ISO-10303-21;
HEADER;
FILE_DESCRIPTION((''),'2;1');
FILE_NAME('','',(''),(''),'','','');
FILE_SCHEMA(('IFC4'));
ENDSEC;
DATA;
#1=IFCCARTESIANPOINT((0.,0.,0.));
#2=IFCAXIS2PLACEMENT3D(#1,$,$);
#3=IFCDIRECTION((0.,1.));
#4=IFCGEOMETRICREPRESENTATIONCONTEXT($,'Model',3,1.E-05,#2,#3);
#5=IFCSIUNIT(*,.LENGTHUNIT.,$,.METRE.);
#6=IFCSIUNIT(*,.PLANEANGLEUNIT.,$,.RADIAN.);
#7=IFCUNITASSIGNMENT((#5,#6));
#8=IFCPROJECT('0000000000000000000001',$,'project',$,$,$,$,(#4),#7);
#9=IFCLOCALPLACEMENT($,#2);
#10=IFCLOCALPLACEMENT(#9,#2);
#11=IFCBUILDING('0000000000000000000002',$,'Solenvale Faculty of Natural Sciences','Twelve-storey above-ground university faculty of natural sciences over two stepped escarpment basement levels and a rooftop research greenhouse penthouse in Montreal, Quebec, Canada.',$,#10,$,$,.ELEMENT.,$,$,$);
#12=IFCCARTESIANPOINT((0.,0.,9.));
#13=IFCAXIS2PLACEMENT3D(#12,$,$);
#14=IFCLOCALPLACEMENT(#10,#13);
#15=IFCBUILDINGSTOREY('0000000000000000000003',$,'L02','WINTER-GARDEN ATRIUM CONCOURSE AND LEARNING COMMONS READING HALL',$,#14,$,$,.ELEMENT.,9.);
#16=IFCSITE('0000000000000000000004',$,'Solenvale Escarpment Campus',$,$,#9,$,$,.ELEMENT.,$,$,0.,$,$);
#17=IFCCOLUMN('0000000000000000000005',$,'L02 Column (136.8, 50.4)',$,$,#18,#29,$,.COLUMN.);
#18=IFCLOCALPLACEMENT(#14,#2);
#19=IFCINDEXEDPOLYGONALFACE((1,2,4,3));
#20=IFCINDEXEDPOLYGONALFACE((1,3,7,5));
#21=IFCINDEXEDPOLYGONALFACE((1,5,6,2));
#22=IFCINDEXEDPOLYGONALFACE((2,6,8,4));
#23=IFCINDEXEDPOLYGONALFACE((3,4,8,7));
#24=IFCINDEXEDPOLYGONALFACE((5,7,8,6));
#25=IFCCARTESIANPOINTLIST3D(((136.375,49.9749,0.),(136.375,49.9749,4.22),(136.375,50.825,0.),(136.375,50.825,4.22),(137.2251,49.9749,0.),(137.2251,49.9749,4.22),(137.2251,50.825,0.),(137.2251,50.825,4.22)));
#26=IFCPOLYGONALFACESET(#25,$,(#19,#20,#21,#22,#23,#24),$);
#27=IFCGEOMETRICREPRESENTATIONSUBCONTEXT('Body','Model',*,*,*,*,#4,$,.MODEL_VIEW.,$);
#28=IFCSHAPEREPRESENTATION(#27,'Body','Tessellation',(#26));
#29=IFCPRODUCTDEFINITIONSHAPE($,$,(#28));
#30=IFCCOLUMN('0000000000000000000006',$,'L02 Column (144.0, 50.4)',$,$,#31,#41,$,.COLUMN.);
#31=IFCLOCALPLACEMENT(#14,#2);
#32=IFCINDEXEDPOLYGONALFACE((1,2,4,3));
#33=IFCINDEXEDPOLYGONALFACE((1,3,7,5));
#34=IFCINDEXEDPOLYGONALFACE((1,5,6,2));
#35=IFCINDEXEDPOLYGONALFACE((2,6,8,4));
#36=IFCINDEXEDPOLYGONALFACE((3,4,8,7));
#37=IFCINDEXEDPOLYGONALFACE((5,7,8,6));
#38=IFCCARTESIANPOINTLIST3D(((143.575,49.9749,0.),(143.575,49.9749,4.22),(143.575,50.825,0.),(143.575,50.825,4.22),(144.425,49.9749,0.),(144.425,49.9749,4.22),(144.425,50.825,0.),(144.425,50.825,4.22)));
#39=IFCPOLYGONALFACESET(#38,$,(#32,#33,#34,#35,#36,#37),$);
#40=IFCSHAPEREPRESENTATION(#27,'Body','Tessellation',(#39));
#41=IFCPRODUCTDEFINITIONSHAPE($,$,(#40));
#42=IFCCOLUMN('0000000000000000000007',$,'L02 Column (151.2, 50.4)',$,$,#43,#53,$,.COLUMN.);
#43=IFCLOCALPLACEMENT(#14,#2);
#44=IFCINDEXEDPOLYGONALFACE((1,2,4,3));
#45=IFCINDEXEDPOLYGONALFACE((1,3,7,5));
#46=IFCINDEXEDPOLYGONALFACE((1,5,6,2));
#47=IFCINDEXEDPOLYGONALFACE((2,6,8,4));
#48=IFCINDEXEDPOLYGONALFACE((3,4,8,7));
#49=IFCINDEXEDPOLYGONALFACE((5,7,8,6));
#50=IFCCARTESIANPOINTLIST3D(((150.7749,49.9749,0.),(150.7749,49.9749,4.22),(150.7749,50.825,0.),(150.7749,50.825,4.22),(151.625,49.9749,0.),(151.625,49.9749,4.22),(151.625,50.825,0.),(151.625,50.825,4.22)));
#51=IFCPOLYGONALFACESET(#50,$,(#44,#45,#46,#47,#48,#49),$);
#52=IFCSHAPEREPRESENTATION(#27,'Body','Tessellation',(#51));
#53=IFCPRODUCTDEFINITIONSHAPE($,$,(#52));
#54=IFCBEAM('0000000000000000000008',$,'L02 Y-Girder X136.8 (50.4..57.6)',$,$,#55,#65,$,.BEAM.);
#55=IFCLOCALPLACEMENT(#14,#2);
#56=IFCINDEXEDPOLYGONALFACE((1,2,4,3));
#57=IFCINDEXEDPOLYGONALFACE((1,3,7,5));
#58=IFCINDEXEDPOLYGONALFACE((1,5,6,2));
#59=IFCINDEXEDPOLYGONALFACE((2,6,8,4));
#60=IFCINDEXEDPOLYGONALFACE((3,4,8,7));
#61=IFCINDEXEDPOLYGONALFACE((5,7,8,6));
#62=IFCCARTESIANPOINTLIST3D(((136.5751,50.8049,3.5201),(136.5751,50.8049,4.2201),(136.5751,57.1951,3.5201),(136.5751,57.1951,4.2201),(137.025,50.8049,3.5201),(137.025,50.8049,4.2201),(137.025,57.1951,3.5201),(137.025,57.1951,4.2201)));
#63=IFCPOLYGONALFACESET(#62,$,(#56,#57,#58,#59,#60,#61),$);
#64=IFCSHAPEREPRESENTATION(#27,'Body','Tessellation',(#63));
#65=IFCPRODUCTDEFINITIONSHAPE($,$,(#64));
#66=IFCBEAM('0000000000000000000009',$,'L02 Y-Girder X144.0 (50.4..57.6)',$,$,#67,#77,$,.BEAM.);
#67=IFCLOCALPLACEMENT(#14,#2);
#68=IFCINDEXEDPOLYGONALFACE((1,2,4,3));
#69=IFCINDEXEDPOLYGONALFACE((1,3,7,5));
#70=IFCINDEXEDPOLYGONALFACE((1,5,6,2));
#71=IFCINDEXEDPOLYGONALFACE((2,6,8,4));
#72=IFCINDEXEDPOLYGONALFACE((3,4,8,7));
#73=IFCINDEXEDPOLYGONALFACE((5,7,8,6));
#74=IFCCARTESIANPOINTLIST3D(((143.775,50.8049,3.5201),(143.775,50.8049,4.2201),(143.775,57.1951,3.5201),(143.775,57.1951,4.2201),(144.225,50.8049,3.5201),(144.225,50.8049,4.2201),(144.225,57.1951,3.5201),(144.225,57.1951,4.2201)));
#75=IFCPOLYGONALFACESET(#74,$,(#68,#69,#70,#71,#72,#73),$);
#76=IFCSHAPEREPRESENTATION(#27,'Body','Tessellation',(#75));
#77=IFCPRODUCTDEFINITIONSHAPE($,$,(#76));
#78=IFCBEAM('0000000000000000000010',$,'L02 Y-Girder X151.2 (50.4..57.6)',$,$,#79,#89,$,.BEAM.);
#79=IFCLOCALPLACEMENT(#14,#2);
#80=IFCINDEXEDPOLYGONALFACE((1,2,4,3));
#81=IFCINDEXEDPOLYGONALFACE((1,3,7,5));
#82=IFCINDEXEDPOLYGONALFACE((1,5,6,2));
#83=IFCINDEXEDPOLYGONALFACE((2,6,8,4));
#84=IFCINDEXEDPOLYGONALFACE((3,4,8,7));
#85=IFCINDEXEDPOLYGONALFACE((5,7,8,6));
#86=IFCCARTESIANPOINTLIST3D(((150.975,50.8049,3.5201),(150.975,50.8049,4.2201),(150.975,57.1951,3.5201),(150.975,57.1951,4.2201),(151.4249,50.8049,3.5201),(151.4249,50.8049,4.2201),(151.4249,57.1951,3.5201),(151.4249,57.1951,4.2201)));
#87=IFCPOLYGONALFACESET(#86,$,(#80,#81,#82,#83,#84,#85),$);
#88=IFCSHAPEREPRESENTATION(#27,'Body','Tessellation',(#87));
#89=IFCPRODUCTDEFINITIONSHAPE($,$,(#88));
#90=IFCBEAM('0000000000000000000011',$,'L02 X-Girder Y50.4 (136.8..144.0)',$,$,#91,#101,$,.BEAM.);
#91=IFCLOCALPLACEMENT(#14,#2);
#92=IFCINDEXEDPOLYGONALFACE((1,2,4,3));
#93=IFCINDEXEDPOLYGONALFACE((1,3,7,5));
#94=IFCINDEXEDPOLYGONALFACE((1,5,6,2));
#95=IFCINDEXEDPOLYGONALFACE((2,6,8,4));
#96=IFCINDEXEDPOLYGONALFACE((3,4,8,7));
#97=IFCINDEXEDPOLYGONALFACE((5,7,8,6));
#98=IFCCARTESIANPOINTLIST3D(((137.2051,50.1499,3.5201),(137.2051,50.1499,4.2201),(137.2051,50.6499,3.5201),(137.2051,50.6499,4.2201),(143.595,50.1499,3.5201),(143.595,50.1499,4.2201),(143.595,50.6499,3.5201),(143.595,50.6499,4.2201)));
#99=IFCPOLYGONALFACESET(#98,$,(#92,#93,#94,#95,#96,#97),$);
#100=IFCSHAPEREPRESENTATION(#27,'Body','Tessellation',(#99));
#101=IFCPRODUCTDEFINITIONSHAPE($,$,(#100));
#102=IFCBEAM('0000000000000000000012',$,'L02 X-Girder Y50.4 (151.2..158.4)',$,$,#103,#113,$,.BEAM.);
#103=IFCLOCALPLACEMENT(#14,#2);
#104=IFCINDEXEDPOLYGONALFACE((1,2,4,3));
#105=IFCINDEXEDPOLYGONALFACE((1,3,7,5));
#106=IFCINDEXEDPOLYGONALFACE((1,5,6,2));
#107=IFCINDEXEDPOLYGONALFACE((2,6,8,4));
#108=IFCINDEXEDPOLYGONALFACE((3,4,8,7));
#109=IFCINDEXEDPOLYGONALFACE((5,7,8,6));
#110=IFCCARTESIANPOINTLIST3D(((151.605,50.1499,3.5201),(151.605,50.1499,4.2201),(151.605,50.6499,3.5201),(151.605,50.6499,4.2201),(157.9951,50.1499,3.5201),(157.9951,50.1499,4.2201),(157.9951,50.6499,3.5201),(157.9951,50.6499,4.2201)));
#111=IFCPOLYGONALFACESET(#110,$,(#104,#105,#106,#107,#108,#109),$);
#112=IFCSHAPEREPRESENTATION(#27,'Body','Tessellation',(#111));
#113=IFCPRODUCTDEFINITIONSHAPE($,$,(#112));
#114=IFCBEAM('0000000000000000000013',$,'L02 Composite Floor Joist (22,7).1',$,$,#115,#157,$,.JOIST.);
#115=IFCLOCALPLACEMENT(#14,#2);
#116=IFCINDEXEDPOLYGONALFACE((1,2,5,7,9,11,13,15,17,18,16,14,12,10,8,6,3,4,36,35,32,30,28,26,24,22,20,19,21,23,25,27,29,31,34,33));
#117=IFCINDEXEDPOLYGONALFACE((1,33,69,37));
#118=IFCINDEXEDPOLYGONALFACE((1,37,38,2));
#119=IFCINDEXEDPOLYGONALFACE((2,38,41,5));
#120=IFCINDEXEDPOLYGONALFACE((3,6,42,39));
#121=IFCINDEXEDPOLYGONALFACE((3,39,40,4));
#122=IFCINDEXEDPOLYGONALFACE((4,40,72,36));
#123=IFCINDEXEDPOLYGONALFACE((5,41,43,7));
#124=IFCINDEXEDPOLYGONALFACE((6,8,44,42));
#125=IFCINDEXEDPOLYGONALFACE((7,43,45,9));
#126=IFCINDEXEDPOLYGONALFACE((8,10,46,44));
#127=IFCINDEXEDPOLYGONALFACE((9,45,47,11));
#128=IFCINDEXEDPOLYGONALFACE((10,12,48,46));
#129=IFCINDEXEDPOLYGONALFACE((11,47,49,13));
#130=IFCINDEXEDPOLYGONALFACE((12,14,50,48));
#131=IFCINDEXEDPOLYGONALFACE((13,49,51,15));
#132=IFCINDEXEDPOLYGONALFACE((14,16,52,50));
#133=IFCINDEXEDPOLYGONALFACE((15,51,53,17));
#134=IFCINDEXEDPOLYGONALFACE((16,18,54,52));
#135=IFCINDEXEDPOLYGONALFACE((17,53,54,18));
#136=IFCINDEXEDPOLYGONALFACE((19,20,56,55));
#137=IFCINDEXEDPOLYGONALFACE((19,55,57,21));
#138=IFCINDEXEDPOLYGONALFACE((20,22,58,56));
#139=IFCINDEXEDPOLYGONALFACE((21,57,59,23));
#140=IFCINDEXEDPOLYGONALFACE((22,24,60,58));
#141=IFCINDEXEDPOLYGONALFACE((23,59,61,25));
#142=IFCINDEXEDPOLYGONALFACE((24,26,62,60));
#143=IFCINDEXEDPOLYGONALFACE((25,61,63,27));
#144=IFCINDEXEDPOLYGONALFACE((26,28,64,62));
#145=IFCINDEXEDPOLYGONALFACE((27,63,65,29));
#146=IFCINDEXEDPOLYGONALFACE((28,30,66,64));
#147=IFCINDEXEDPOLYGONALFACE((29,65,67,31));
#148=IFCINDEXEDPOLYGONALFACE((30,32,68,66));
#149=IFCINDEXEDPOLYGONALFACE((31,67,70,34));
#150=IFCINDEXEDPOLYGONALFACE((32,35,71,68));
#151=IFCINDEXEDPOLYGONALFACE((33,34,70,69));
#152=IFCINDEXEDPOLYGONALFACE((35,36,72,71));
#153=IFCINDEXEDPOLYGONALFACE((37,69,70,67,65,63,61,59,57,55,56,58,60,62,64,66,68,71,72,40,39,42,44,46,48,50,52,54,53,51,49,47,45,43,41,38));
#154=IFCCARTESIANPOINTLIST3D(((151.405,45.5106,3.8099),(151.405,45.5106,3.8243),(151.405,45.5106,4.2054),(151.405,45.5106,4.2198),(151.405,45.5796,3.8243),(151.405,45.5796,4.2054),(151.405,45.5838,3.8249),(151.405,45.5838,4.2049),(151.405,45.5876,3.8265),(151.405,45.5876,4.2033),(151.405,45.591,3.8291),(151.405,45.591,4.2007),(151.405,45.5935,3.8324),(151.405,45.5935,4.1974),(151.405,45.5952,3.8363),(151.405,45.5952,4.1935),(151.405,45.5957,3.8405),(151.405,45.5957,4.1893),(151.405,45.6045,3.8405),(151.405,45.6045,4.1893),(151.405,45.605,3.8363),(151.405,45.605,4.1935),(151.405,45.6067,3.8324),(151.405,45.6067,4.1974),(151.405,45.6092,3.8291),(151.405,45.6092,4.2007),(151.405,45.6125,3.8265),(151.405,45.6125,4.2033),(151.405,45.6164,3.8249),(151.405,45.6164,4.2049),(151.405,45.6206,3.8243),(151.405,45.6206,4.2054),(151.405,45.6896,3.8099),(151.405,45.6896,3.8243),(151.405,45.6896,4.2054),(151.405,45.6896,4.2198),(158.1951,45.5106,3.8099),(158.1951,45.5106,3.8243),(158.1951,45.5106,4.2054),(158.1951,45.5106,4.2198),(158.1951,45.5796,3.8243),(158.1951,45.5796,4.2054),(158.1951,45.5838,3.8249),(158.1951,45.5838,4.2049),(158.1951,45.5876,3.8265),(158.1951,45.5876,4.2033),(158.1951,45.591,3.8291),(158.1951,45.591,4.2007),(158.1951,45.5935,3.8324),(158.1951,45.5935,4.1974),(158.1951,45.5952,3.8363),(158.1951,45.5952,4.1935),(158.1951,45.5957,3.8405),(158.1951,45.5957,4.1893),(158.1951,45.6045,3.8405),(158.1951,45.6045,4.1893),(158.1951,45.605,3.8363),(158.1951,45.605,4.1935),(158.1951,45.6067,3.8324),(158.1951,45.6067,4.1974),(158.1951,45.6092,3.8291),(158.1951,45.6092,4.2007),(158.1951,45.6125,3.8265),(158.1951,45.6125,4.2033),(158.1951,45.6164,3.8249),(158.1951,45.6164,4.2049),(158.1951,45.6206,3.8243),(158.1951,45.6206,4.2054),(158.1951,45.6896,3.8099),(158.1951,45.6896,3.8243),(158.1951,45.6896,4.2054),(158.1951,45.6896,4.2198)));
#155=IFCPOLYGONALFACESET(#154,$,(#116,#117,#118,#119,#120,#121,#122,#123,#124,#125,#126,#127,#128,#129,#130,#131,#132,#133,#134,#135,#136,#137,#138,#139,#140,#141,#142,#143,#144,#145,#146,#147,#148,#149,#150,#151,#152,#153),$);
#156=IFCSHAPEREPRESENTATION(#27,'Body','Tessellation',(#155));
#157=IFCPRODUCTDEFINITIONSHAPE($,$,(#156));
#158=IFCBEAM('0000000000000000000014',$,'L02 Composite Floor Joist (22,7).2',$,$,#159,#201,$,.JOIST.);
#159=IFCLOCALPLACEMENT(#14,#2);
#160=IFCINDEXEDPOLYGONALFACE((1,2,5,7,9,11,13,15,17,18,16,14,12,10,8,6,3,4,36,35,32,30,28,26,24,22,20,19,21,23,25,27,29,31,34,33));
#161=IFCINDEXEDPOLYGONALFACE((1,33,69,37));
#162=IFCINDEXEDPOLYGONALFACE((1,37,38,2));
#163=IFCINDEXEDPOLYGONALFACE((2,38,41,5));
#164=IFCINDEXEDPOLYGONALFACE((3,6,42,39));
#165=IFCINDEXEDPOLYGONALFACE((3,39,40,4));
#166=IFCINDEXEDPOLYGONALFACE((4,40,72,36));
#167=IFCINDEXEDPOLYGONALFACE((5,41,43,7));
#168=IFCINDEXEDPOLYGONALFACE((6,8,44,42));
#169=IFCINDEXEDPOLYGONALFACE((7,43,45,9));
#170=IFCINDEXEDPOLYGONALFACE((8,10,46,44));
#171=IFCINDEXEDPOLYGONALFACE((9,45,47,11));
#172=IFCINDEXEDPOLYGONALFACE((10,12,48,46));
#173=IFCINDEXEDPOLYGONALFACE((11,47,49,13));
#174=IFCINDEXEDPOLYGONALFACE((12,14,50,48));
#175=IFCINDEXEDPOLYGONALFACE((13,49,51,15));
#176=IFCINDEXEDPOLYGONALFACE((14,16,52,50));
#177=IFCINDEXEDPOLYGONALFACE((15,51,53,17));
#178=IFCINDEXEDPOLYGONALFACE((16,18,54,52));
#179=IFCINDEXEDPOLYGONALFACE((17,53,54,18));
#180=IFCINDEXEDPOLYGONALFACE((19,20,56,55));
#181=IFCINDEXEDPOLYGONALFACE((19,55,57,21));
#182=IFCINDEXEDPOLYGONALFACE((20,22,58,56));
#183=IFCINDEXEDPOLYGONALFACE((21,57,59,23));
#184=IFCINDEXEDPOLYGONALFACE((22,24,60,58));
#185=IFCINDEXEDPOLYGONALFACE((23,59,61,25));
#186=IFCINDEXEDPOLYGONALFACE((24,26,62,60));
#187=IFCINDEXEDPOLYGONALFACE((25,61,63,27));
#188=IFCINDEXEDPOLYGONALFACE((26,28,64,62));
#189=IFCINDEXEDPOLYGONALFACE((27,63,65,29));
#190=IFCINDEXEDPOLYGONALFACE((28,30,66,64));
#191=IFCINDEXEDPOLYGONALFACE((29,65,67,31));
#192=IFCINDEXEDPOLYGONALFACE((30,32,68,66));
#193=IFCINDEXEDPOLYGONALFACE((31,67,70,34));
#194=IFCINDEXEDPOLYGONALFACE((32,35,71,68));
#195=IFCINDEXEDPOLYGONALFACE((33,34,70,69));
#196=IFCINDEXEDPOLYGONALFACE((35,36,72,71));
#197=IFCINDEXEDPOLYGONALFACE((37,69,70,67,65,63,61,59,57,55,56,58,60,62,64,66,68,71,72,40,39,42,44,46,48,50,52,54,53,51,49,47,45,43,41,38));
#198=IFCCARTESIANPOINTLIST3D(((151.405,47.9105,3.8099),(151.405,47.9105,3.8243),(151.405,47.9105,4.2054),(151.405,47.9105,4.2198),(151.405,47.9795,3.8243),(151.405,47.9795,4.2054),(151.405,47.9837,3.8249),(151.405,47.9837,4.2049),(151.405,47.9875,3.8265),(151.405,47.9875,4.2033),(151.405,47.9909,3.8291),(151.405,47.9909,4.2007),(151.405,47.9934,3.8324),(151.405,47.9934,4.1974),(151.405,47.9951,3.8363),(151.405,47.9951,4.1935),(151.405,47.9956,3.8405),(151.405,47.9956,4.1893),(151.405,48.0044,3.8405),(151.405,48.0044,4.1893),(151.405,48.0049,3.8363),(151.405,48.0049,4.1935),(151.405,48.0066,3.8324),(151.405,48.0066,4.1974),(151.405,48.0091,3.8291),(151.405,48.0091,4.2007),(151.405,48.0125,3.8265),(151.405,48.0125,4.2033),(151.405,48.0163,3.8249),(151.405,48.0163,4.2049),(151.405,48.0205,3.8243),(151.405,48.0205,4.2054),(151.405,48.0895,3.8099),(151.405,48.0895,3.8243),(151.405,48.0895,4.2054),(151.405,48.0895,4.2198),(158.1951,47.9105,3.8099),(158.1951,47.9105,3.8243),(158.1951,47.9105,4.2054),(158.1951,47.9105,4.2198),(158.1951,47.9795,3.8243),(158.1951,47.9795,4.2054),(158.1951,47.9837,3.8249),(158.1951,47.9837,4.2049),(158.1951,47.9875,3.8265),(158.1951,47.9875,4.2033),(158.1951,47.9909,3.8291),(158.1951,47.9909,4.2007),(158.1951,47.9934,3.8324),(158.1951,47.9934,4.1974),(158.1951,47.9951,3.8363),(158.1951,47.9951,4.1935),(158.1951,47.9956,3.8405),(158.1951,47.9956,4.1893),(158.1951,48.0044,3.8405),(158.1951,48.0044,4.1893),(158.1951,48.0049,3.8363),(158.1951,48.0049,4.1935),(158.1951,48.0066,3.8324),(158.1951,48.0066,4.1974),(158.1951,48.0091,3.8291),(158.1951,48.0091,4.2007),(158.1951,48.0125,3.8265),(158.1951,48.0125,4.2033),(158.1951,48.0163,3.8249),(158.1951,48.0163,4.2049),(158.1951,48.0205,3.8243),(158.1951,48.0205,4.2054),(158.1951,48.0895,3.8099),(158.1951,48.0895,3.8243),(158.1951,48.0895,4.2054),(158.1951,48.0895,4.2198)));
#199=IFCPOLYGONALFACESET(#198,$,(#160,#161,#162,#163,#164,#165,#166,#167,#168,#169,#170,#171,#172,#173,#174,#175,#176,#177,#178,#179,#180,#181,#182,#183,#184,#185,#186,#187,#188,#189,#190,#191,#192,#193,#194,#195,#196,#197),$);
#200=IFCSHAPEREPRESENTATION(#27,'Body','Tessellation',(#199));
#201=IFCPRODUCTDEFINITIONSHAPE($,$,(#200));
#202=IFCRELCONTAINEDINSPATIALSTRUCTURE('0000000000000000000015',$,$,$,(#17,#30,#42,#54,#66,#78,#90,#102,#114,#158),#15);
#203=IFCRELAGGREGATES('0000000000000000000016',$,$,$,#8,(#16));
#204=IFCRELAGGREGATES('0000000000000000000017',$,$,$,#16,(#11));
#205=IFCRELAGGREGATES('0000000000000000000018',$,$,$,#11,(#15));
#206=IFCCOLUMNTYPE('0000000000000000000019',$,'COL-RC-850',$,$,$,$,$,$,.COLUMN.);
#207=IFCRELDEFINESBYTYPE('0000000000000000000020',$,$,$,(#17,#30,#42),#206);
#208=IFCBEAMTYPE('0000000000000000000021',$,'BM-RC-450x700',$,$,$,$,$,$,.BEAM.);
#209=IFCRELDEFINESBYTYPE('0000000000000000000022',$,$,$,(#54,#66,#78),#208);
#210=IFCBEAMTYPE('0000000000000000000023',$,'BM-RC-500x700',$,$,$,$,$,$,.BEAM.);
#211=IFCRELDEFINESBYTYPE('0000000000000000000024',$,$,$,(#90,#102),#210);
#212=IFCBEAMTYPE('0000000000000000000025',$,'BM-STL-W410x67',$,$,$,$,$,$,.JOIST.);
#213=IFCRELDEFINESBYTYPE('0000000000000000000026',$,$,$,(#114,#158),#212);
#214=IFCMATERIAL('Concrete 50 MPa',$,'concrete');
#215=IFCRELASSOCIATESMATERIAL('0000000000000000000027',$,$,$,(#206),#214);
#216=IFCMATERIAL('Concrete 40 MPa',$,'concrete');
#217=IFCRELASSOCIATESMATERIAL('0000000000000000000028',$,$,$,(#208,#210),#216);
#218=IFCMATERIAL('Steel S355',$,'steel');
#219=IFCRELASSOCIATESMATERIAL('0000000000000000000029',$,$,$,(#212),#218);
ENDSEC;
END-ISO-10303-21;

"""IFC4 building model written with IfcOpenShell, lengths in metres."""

from ifc_helpers import new_model, si_unit, direction, frame, origin, origin_2d, place, context, subcontext, project, spatial, rectangle, i_section, extrude, material, material_profile, profile_set, type_object, element, save


model = new_model("IFC4")

# Units and contexts
model_context = context("Model", 3, precision=1e-05, world=origin(), true_north=direction((0.0, 1.0)))
body_context = subcontext(model_context, "Body", "Model", "MODEL_VIEW")
ifc_project = project(units=[si_unit("LENGTHUNIT", "METRE"), si_unit("PLANEANGLEUNIT", "RADIAN")], contexts=[model_context])

# Site, building, storey
site_placement = place(None, origin())
site = spatial("IfcSite", under=ifc_project, at=site_placement, Name="Solenvale Escarpment Campus", CompositionType="ELEMENT", RefElevation=0.0)
building_placement = place(site_placement, origin())
building = spatial("IfcBuilding", under=site, at=building_placement, Name="Solenvale Faculty of Natural Sciences", Description="Twelve-storey above-ground university faculty of natural sciences over two stepped escarpment basement levels and a rooftop research greenhouse penthouse in Montreal, Quebec, Canada.", CompositionType="ELEMENT")
storey_placement = place(building_placement, frame((0.0, 0.0, 9.0)))
storey = spatial("IfcBuildingStorey", under=building, at=storey_placement, Name="L02", Description="WINTER-GARDEN ATRIUM CONCOURSE AND LEARNING COMMONS READING HALL", CompositionType="ELEMENT", Elevation=9.0)

# Columns
ifc_material_1 = material(Name="Concrete 50 MPa", Category="concrete")
ifc_material_profile_1 = material_profile(ifc_material_1, rectangle(XDim=0.8501, YDim=0.8501, at=origin_2d()), Name="RC-COL-850x850")
ifc_profile_set_1 = profile_set([ifc_material_profile_1], Name="Concrete 50 MPa")
column_type = type_object("IfcColumnType", Name="COL-RC-850", PredefinedType="COLUMN", material=ifc_profile_set_1)
for number, where, z_axis, x_axis, name in (
    (1, (136.8, 50.3999, 0.0), (0.0, 0.0, 1.0), (1.0, 0.0, 0.0), "L02 Column (136.8, 50.4)"),
    (2, (144.0, 50.3999, 0.0), (0.0, 0.0, 1.0), (1.0, 0.0, 0.0), "L02 Column (144.0, 50.4)"),
    (3, (151.2, 50.3999, 0.0), (0.0, 0.0, 1.0), (1.0, 0.0, 0.0), "L02 Column (151.2, 50.4)"),
):
    element("IfcColumn", number, at=place(storey_placement, frame(where, z_axis=z_axis, x_axis=x_axis)), inside=storey, type_object=column_type, Name=name, PredefinedType="COLUMN", context=body_context, shape_type="SweptSolid", body=[
        extrude(rectangle(XDim=0.8501, YDim=0.8501, at=origin_2d()), origin(), (0.0, 0.0, 1.0), 4.22),
    ])

# Beams
ifc_material_2 = material(Name="Concrete 40 MPa", Category="concrete")
ifc_material_profile_2 = material_profile(ifc_material_2, rectangle(XDim=0.45, YDim=0.7, at=origin_2d()), Name="RC-BM-450x700")
ifc_profile_set_2 = profile_set([ifc_material_profile_2], Name="Concrete 40 MPa")
beam_type_1 = type_object("IfcBeamType", Name="BM-RC-450x700", PredefinedType="BEAM", material=ifc_profile_set_2)
for number, where, z_axis, x_axis, name in (
    (4, (136.8, 50.8049, 3.8701), (0.0, 1.0, 0.0), (-1.0, 0.0, 0.0), "L02 Y-Girder X136.8 (50.4..57.6)"),
    (5, (144.0, 50.8049, 3.8701), (0.0, 1.0, 0.0), (-1.0, 0.0, 0.0), "L02 Y-Girder X144.0 (50.4..57.6)"),
    (6, (151.2, 50.8049, 3.8701), (0.0, 1.0, 0.0), (-1.0, 0.0, 0.0), "L02 Y-Girder X151.2 (50.4..57.6)"),
):
    element("IfcBeam", number, at=place(storey_placement, frame(where, z_axis=z_axis, x_axis=x_axis)), inside=storey, type_object=beam_type_1, Name=name, PredefinedType="BEAM", context=body_context, shape_type="SweptSolid", body=[
        extrude(rectangle(XDim=0.45, YDim=0.7, at=origin_2d()), origin(), (0.0, 0.0, 1.0), 6.3901),
    ])
ifc_material_profile_3 = material_profile(ifc_material_2, rectangle(XDim=0.5, YDim=0.7, at=origin_2d()), Name="RC-BM-500x700")
ifc_profile_set_3 = profile_set([ifc_material_profile_3], Name="Concrete 40 MPa")
beam_type_2 = type_object("IfcBeamType", Name="BM-RC-500x700", PredefinedType="BEAM", material=ifc_profile_set_3)
beam_1_placement = place(storey_placement, frame((137.2051, 50.3999, 3.8701), z_axis=(1.0, 0.0, 0.0), x_axis=(0.0, 1.0, 0.0)))
element("IfcBeam", 7, at=beam_1_placement, inside=storey, type_object=beam_type_2, Name="L02 X-Girder Y50.4 (136.8..144.0)", PredefinedType="BEAM", context=body_context, shape_type="SweptSolid", body=[
    extrude(rectangle(XDim=0.5, YDim=0.7, at=origin_2d()), origin(), (0.0, 0.0, 1.0), 6.3899),
])
beam_2_placement = place(storey_placement, frame((151.605, 50.3999, 3.8701), z_axis=(1.0, 0.0, 0.0), x_axis=(0.0, 1.0, 0.0)))
element("IfcBeam", 8, at=beam_2_placement, inside=storey, type_object=beam_type_2, Name="L02 X-Girder Y50.4 (151.2..158.4)", PredefinedType="BEAM", context=body_context, shape_type="SweptSolid", body=[
    extrude(rectangle(XDim=0.5, YDim=0.7, at=origin_2d()), origin(), (0.0, 0.0, 1.0), 6.3901),
])
ifc_material_3 = material(Name="Steel S355", Category="steel")
ifc_material_profile_4 = material_profile(ifc_material_3, i_section(OverallWidth=0.179, OverallDepth=0.4099, WebThickness=0.0088, FlangeThickness=0.0144, FilletRadius=0.0161, at=origin_2d()), Name="W410x67")
ifc_profile_set_4 = profile_set([ifc_material_profile_4], Name="Steel S355")
beam_type_3 = type_object("IfcBeamType", Name="BM-STL-W410x67", PredefinedType="JOIST", material=ifc_profile_set_4)
for number, where, z_axis, x_axis, name in (
    (9, (151.405, 45.6001, 4.0149), (1.0, 0.0, 0.0), (0.0, 1.0, 0.0), "L02 Composite Floor Joist (22,7).1"),
    (10, (151.405, 48.0, 4.0149), (1.0, 0.0, 0.0), (0.0, 1.0, 0.0), "L02 Composite Floor Joist (22,7).2"),
):
    element("IfcBeam", number, at=place(storey_placement, frame(where, z_axis=z_axis, x_axis=x_axis)), inside=storey, type_object=beam_type_3, Name=name, PredefinedType="JOIST", context=body_context, shape_type="SweptSolid", body=[
        extrude(i_section(OverallWidth=0.179, OverallDepth=0.4099, WebThickness=0.0088, FlangeThickness=0.0144, FilletRadius=0.0161, at=origin_2d()), origin(), (0.0, 0.0, 1.0), 6.79),
    ])

save(model, "model.ifc")
